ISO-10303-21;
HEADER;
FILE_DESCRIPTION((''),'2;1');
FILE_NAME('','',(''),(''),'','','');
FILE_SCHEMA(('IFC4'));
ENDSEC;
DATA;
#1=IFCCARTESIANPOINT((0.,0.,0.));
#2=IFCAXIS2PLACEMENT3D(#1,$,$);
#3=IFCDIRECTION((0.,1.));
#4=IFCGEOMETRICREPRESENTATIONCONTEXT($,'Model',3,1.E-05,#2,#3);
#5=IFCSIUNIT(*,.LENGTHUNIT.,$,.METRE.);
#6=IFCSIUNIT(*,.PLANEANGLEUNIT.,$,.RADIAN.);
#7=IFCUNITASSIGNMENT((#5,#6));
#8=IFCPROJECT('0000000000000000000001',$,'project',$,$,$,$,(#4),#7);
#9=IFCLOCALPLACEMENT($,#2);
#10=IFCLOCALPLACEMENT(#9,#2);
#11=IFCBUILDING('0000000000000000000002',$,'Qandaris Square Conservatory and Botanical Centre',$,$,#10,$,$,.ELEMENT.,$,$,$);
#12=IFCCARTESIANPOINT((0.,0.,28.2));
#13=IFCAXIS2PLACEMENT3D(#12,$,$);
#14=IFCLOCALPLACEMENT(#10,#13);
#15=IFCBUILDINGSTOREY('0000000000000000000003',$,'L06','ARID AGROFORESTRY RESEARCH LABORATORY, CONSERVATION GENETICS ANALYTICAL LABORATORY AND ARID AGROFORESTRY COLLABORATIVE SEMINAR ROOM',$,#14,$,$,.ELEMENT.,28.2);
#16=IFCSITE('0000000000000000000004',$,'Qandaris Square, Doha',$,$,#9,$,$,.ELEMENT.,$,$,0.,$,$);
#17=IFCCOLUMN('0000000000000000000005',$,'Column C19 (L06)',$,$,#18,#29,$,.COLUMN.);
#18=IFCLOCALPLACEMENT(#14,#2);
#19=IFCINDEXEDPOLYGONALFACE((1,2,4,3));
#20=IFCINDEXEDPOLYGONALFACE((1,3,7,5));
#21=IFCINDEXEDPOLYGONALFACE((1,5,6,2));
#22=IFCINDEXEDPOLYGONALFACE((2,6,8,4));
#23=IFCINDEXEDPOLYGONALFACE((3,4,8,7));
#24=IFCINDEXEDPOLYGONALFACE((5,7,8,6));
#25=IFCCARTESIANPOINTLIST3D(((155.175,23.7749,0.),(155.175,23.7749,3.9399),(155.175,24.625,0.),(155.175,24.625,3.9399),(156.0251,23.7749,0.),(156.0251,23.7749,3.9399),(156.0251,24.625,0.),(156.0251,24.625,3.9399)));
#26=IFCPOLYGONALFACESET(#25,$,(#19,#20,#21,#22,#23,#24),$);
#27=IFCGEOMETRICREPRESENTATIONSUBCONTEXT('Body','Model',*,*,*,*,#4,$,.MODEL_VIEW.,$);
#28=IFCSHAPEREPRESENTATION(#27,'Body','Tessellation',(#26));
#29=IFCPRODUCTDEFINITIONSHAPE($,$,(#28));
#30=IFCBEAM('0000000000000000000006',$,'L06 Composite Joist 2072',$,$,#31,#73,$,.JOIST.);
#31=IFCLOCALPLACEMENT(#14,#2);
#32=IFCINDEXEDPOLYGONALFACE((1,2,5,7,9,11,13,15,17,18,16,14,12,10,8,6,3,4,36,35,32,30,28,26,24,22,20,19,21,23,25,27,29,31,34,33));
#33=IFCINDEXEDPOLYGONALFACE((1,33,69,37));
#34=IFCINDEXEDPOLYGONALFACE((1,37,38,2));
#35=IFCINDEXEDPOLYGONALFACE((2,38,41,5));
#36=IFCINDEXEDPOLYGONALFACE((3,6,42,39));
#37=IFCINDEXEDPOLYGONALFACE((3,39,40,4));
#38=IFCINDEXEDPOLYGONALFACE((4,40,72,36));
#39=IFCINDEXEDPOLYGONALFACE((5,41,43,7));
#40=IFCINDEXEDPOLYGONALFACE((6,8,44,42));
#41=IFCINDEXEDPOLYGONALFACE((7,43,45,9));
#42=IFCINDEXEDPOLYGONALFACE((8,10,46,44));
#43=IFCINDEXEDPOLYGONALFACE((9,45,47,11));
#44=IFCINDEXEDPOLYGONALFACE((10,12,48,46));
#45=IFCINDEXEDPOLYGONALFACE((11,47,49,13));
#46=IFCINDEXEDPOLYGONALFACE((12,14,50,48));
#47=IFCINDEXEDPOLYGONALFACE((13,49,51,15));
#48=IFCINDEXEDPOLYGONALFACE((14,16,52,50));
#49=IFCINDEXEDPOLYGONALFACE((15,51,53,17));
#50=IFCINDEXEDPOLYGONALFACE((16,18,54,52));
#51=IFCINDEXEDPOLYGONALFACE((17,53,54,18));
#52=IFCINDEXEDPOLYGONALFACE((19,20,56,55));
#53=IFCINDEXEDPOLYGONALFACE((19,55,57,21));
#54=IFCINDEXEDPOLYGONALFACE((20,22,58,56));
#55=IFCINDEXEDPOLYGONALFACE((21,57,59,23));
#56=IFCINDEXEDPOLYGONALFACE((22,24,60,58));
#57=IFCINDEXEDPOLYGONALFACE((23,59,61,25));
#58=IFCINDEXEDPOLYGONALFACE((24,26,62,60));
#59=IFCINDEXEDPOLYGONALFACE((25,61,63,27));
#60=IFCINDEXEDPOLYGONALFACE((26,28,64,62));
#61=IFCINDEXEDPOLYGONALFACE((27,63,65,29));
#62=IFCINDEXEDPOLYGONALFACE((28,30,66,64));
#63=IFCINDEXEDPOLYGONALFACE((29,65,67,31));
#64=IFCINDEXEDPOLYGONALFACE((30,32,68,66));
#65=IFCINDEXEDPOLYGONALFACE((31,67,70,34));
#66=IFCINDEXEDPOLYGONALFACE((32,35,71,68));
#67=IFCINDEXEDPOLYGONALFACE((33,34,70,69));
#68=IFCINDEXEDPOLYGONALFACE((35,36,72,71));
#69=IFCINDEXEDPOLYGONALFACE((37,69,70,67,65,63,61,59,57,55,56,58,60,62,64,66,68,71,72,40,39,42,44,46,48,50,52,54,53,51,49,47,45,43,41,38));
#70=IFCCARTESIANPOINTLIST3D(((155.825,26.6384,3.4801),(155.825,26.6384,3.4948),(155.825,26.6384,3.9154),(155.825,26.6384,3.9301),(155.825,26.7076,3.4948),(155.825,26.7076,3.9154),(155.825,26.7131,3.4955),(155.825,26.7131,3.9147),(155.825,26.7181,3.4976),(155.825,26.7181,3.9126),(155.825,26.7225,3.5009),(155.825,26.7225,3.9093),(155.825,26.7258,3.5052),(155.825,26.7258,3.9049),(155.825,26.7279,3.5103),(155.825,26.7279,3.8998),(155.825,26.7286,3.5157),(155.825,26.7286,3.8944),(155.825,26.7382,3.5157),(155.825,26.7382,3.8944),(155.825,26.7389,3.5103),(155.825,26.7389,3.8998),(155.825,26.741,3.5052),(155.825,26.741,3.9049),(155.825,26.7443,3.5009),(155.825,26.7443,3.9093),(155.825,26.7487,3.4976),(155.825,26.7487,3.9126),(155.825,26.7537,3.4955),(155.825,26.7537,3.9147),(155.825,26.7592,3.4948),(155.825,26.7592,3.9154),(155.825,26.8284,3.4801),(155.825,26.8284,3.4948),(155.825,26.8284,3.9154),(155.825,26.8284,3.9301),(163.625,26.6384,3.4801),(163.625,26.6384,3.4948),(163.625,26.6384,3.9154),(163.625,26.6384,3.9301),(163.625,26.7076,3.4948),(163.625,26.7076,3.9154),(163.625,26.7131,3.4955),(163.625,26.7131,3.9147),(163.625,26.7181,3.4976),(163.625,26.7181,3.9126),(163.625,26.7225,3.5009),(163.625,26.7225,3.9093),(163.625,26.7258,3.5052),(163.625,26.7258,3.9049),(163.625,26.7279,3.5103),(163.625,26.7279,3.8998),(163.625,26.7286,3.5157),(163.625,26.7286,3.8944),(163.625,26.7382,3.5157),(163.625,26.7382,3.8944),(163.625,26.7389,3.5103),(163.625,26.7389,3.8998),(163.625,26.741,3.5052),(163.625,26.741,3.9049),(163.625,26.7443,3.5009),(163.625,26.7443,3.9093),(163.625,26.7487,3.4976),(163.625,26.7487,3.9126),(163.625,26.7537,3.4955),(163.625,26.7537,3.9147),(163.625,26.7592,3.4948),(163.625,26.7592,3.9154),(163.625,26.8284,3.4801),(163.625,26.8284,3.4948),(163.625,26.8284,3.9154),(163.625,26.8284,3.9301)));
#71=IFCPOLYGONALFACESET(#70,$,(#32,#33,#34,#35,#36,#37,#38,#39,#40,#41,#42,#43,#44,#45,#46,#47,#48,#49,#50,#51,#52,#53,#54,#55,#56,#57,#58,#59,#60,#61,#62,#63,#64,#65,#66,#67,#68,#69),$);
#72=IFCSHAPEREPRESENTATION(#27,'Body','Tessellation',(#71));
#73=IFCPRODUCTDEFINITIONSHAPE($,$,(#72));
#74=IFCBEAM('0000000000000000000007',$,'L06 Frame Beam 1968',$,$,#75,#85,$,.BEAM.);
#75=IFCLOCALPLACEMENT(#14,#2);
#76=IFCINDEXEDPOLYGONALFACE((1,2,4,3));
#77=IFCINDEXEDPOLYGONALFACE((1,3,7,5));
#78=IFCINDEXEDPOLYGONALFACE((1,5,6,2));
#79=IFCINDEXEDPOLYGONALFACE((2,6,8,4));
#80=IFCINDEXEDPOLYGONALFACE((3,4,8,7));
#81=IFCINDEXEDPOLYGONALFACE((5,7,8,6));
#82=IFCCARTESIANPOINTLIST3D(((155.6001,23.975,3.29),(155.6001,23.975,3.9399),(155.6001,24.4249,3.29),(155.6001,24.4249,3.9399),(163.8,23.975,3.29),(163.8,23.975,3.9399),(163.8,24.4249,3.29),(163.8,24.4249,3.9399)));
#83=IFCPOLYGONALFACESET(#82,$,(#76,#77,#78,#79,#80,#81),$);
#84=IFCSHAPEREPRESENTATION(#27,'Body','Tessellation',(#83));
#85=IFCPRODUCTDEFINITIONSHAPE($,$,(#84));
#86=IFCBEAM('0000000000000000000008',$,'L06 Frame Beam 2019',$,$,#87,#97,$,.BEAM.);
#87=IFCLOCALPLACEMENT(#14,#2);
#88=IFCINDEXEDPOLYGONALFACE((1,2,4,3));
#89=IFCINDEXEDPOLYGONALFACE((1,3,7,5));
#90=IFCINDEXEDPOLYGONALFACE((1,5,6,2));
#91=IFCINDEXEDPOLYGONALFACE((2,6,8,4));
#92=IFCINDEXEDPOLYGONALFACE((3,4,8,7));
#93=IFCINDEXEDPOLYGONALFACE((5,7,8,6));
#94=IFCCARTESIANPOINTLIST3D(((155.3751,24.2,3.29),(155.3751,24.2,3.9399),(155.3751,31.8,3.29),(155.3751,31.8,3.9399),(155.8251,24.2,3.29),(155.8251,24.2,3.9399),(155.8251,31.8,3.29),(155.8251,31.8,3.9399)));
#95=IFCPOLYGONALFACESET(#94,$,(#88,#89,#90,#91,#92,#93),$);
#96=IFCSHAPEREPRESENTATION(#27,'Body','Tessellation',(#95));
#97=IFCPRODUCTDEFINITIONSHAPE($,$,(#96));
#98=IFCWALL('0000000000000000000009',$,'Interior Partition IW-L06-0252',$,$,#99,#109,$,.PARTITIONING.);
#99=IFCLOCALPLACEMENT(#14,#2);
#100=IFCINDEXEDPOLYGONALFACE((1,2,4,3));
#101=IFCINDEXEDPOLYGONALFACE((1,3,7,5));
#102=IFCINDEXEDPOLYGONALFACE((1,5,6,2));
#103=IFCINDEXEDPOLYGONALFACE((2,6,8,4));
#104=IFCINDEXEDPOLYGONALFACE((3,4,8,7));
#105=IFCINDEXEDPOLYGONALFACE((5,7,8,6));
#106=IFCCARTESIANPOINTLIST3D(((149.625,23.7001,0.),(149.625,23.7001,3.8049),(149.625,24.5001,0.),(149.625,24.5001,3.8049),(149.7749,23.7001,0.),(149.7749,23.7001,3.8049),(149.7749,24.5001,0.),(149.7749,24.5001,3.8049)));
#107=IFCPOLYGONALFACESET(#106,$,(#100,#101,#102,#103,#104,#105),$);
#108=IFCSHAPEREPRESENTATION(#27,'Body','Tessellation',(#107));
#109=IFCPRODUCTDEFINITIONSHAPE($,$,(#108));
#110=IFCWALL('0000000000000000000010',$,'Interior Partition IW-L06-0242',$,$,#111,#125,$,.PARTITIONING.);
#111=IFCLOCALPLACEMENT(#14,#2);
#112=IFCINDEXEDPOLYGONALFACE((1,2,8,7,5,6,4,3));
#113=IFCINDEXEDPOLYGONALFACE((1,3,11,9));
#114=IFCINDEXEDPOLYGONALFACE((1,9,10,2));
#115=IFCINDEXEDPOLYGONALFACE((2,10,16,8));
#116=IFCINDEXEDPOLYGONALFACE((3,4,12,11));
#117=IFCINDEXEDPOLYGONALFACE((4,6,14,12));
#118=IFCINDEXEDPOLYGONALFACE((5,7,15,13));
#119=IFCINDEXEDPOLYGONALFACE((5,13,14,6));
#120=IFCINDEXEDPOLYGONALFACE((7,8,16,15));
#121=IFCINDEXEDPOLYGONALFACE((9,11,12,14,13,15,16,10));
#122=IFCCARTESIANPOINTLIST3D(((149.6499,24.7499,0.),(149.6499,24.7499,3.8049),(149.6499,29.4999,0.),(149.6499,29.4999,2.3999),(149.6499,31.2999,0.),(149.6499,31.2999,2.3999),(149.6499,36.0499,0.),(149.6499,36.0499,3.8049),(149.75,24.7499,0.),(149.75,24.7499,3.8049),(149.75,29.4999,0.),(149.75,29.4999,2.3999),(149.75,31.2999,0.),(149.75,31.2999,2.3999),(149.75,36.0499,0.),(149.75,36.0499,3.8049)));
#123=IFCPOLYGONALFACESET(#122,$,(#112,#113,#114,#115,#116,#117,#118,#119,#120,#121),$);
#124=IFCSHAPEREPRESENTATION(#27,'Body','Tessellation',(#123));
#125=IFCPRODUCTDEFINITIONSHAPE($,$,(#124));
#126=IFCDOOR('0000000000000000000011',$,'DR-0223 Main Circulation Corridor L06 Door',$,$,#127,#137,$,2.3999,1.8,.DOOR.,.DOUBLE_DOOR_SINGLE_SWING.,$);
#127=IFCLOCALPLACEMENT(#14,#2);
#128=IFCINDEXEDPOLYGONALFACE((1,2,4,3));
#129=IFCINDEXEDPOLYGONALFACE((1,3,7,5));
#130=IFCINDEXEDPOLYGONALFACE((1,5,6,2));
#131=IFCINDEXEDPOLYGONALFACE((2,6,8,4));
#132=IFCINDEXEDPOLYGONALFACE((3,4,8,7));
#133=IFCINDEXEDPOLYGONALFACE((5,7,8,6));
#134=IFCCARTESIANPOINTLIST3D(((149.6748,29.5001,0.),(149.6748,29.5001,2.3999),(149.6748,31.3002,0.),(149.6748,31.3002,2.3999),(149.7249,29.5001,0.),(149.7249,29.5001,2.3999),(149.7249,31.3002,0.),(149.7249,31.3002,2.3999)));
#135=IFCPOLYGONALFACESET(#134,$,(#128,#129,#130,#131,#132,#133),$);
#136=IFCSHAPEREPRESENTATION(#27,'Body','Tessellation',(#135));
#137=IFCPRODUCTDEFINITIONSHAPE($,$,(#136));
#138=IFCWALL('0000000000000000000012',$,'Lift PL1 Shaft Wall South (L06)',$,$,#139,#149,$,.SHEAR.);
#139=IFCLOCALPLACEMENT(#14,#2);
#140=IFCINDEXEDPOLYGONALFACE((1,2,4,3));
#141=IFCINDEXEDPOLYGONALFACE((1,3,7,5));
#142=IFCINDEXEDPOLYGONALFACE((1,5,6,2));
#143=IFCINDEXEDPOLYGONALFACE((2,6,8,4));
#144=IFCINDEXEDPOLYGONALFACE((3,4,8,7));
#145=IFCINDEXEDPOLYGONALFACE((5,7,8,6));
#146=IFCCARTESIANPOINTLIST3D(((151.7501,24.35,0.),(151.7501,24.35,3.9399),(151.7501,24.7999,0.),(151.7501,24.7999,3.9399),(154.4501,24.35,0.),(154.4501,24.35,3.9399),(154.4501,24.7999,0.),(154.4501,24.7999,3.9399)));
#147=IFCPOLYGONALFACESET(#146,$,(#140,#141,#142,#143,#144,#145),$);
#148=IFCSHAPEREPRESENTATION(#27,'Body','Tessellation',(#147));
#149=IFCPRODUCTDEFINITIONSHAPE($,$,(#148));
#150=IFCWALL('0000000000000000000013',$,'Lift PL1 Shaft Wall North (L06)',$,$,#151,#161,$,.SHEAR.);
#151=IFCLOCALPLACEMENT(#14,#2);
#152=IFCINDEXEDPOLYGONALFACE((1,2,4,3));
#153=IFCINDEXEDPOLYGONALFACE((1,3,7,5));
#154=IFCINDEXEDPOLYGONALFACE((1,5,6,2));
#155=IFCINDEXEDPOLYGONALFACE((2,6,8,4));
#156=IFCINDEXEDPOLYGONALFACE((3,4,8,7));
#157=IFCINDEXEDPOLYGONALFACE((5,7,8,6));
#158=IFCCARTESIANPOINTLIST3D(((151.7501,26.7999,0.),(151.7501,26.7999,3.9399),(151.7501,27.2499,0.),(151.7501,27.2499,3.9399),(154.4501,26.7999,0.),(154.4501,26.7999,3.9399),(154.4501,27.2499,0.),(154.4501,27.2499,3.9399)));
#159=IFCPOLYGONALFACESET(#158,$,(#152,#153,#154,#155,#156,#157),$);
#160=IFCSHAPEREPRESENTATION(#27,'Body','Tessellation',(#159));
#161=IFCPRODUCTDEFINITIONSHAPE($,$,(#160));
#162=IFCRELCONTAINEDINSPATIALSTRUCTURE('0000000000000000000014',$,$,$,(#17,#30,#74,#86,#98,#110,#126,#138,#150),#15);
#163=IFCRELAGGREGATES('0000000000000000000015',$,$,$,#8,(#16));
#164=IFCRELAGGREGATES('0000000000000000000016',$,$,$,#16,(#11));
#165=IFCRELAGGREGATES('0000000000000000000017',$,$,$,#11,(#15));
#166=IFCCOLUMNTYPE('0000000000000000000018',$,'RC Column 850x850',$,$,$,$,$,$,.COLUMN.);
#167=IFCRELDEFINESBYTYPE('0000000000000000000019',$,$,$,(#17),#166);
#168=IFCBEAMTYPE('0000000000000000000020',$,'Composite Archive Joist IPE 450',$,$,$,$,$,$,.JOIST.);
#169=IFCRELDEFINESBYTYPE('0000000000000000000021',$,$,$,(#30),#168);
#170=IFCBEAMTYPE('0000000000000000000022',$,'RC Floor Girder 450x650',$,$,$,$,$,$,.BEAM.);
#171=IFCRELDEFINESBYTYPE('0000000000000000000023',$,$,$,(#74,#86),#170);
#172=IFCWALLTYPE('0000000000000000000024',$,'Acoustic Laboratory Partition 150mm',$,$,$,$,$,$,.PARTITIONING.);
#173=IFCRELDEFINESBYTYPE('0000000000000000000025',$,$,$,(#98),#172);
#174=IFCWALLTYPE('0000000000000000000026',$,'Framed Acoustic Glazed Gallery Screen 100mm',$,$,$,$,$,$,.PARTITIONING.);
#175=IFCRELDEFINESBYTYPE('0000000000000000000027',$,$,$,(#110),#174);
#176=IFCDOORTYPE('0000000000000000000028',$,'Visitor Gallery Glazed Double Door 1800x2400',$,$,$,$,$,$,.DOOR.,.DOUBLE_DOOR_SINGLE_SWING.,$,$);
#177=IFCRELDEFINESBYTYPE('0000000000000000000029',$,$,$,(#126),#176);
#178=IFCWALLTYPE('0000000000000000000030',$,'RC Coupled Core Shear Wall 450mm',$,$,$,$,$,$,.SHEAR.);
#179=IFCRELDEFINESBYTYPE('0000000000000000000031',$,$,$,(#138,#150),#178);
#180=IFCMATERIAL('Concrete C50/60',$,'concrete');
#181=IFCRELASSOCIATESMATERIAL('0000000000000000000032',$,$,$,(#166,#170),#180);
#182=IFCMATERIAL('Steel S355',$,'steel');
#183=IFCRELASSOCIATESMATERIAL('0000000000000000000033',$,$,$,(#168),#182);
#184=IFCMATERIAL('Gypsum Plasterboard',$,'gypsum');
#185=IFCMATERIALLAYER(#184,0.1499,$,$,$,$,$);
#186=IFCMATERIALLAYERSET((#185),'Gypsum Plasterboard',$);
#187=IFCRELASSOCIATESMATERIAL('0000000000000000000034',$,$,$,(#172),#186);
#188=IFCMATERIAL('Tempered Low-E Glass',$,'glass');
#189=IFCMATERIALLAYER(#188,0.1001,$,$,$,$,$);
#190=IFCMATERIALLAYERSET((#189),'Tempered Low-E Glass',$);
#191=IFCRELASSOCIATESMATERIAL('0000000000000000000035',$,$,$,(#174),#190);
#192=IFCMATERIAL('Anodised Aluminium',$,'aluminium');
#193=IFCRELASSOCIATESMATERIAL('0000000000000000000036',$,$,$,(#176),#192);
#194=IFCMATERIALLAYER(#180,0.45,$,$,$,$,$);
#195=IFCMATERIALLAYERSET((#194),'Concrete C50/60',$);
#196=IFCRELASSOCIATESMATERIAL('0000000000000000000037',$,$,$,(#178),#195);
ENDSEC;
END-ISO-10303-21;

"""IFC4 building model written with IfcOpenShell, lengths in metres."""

from ifc_helpers import new_model, si_unit, direction, frame, frame_2d, origin, origin_2d, place, context, subcontext, project, spatial, rectangle, i_section, extrude, material, layer, layer_set, material_profile, profile_set, type_object, element, fill, save


model = new_model("IFC4")

# Units and contexts
model_context = context("Model", 3, precision=1e-05, world=origin(), true_north=direction((0.0, 1.0)))
body_context = subcontext(model_context, "Body", "Model", "MODEL_VIEW")
ifc_project = project(units=[si_unit("LENGTHUNIT", "METRE"), si_unit("PLANEANGLEUNIT", "RADIAN")], contexts=[model_context])

# Site, building, storey
site_placement = place(None, origin())
site = spatial("IfcSite", under=ifc_project, at=site_placement, Name="Qandaris Square, Doha", CompositionType="ELEMENT", RefElevation=0.0)
building_placement = place(site_placement, origin())
building = spatial("IfcBuilding", under=site, at=building_placement, Name="Qandaris Square Conservatory and Botanical Centre", CompositionType="ELEMENT")
storey_placement = place(building_placement, frame((0.0, 0.0, 28.2)))
storey = spatial("IfcBuildingStorey", under=building, at=storey_placement, Name="L06", Description="ARID AGROFORESTRY RESEARCH LABORATORY, CONSERVATION GENETICS ANALYTICAL LABORATORY AND ARID AGROFORESTRY COLLABORATIVE SEMINAR ROOM", CompositionType="ELEMENT", Elevation=28.2)

# Column
ifc_material_1 = material(Name="Concrete C50/60", Category="concrete")
ifc_material_profile_1 = material_profile(ifc_material_1, rectangle(XDim=0.8501, YDim=0.8501, at=origin_2d()), Name="RC-COL 850x850")
ifc_profile_set_1 = profile_set([ifc_material_profile_1], Name="Concrete C50/60")
column_type = type_object("IfcColumnType", Name="RC Column 850x850", PredefinedType="COLUMN", material=ifc_profile_set_1)
column_placement = place(storey_placement, frame((155.6001, 24.2, 0.0), z_axis=(0.0, 0.0, 1.0), x_axis=(1.0, 0.0, 0.0)))
element("IfcColumn", 1, at=column_placement, inside=storey, type_object=column_type, Name="Column C19 (L06)", PredefinedType="COLUMN", context=body_context, shape_type="SweptSolid", body=[
    extrude(rectangle(XDim=0.8501, YDim=0.8501, at=origin_2d()), origin(), (0.0, 0.0, 1.0), 3.9399),
])

# Beams
ifc_material_2 = material(Name="Steel S355", Category="steel")
ifc_material_profile_2 = material_profile(ifc_material_2, i_section(OverallWidth=0.1899, OverallDepth=0.45, WebThickness=0.0095, FlangeThickness=0.0146, FilletRadius=0.021, at=origin_2d()), Name="IPE 450")
ifc_profile_set_2 = profile_set([ifc_material_profile_2], Name="Steel S355")
beam_type_1 = type_object("IfcBeamType", Name="Composite Archive Joist IPE 450", PredefinedType="JOIST", material=ifc_profile_set_2)
beam_1_placement = place(storey_placement, frame((155.825, 26.7334, 3.7051), z_axis=(1.0, 0.0, 0.0), x_axis=(0.0, 1.0, 0.0)))
element("IfcBeam", 2, at=beam_1_placement, inside=storey, type_object=beam_type_1, Name="L06 Composite Joist 2072", PredefinedType="JOIST", context=body_context, shape_type="SweptSolid", body=[
    extrude(i_section(OverallWidth=0.1899, OverallDepth=0.45, WebThickness=0.0095, FlangeThickness=0.0146, FilletRadius=0.021, at=origin_2d()), origin(), (0.0, 0.0, 1.0), 7.8),
])
ifc_material_profile_3 = material_profile(ifc_material_1, rectangle(XDim=0.45, YDim=0.6499, at=origin_2d()), Name="RC-BM 450x650")
ifc_profile_set_3 = profile_set([ifc_material_profile_3], Name="Concrete C50/60")
beam_type_2 = type_object("IfcBeamType", Name="RC Floor Girder 450x650", PredefinedType="BEAM", material=ifc_profile_set_3)
beam_2_placement = place(storey_placement, frame((155.6001, 24.2, 3.615), z_axis=(1.0, 0.0, 0.0), x_axis=(0.0, 1.0, 0.0)))
element("IfcBeam", 3, at=beam_2_placement, inside=storey, type_object=beam_type_2, Name="L06 Frame Beam 1968", PredefinedType="BEAM", context=body_context, shape_type="SweptSolid", body=[
    extrude(rectangle(XDim=0.45, YDim=0.6499, at=origin_2d()), origin(), (0.0, 0.0, 1.0), 8.2),
])
beam_3_placement = place(storey_placement, frame((155.6001, 24.2, 3.615), z_axis=(0.0, 1.0, 0.0), x_axis=(-1.0, 0.0, 0.0)))
element("IfcBeam", 4, at=beam_3_placement, inside=storey, type_object=beam_type_2, Name="L06 Frame Beam 2019", PredefinedType="BEAM", context=body_context, shape_type="SweptSolid", body=[
    extrude(rectangle(XDim=0.45, YDim=0.6499, at=origin_2d()), origin(), (0.0, 0.0, 1.0), 7.6001),
])

# Wall
ifc_material_3 = material(Name="Gypsum Plasterboard", Category="gypsum")
ifc_layer_1 = layer(ifc_material_3, 0.1499)
ifc_layer_set_1 = layer_set([ifc_layer_1], Name="Gypsum Plasterboard")
wall_type_1 = type_object("IfcWallType", Name="Acoustic Laboratory Partition 150mm", PredefinedType="PARTITIONING", material=ifc_layer_set_1)
wall_1_placement = place(storey_placement, frame((149.7, 24.5, 0.0), z_axis=(0.0, 0.0, 1.0), x_axis=(0.0, -1.0, 0.0)))
element("IfcWall", 5, at=wall_1_placement, inside=storey, type_object=wall_type_1, Name="Interior Partition IW-L06-0252", PredefinedType="PARTITIONING", context=body_context, shape_type="SweptSolid", body=[
    extrude(rectangle(XDim=0.8, YDim=0.1499, at=frame_2d((0.3999, 0.0))), origin(), (0.0, 0.0, 1.0), 3.8049),
])

# Wall, opening, door
ifc_material_4 = material(Name="Tempered Low-E Glass", Category="glass")
ifc_layer_2 = layer(ifc_material_4, 0.1001)
ifc_layer_set_2 = layer_set([ifc_layer_2], Name="Tempered Low-E Glass")
wall_type_2 = type_object("IfcWallType", Name="Framed Acoustic Glazed Gallery Screen 100mm", PredefinedType="PARTITIONING", material=ifc_layer_set_2)
wall_2_placement = place(storey_placement, frame((149.7, 24.75, 0.0), z_axis=(0.0, 0.0, 1.0), x_axis=(0.0, 1.0, 0.0)))
wall_2 = element("IfcWall", 6, at=wall_2_placement, inside=storey, type_object=wall_type_2, Name="Interior Partition IW-L06-0242", PredefinedType="PARTITIONING", context=body_context, shape_type="SweptSolid", body=[
    extrude(rectangle(XDim=11.3, YDim=0.1001, at=frame_2d((5.6499, 0.0))), origin(), (0.0, 0.0, 1.0), 3.8049),
])
opening_1_placement = place(wall_2_placement, frame((4.75, 0.0, 0.0)))
opening_1 = element("IfcOpeningElement", 7, at=opening_1_placement, cuts=wall_2, PredefinedType="OPENING", context=body_context, shape_type="SweptSolid", body=[
    extrude(rectangle(XDim=1.8, YDim=2.3999, at=frame_2d((0.8999, 1.2))), frame((0.0, 0.062, 0.0), z_axis=(0.0, -1.0, 0.0), x_axis=(1.0, 0.0, 0.0)), (0.0, 0.0, 1.0), 0.124),
])
ifc_material_5 = material(Name="Anodised Aluminium", Category="aluminium")
door_type_1 = type_object("IfcDoorType", Name="Visitor Gallery Glazed Double Door 1800x2400", OperationType="DOUBLE_DOOR_SINGLE_SWING", PredefinedType="DOOR", material=ifc_material_5)
door_1_placement = place(opening_1_placement, frame((1.8, 0.0, 0.0), z_axis=(0.0, 0.0, 1.0), x_axis=(-1.0, 0.0, 0.0)))
door_1 = element("IfcDoor", 8, at=door_1_placement, inside=storey, type_object=door_type_1, Name="DR-0223 Main Circulation Corridor L06 Door", OperationType="DOUBLE_DOOR_SINGLE_SWING", OverallHeight=2.3999, OverallWidth=1.8, PredefinedType="DOOR", context=body_context, shape_type="SweptSolid", body=[
    extrude(rectangle(XDim=1.8, YDim=2.3999, at=frame_2d((0.8999, 1.2))), frame((0.0, 0.0249, 0.0), z_axis=(0.0, -1.0, 0.0), x_axis=(1.0, 0.0, 0.0)), (0.0, 0.0, 1.0), 0.05),
])
fill(opening_1, door_1)

# Walls
ifc_layer_3 = layer(ifc_material_1, 0.45)
ifc_layer_set_3 = layer_set([ifc_layer_3], Name="Concrete C50/60")
wall_type_3 = type_object("IfcWallType", Name="RC Coupled Core Shear Wall 450mm", PredefinedType="SHEAR", material=ifc_layer_set_3)
for number, where, z_axis, x_axis, name in (
    (9, (151.75, 24.575, 0.0), (0.0, 0.0, 1.0), (1.0, 0.0, 0.0), "Lift PL1 Shaft Wall South (L06)"),
    (10, (151.75, 27.0249, 0.0), (0.0, 0.0, 1.0), (1.0, 0.0, 0.0), "Lift PL1 Shaft Wall North (L06)"),
):
    element("IfcWall", number, at=place(storey_placement, frame(where, z_axis=z_axis, x_axis=x_axis)), inside=storey, type_object=wall_type_3, Name=name, PredefinedType="SHEAR", context=body_context, shape_type="SweptSolid", body=[
        extrude(rectangle(XDim=2.7, YDim=0.45, at=frame_2d((1.3501, 0.0))), origin(), (0.0, 0.0, 1.0), 3.9399),
    ])

save(model, "model.ifc")
